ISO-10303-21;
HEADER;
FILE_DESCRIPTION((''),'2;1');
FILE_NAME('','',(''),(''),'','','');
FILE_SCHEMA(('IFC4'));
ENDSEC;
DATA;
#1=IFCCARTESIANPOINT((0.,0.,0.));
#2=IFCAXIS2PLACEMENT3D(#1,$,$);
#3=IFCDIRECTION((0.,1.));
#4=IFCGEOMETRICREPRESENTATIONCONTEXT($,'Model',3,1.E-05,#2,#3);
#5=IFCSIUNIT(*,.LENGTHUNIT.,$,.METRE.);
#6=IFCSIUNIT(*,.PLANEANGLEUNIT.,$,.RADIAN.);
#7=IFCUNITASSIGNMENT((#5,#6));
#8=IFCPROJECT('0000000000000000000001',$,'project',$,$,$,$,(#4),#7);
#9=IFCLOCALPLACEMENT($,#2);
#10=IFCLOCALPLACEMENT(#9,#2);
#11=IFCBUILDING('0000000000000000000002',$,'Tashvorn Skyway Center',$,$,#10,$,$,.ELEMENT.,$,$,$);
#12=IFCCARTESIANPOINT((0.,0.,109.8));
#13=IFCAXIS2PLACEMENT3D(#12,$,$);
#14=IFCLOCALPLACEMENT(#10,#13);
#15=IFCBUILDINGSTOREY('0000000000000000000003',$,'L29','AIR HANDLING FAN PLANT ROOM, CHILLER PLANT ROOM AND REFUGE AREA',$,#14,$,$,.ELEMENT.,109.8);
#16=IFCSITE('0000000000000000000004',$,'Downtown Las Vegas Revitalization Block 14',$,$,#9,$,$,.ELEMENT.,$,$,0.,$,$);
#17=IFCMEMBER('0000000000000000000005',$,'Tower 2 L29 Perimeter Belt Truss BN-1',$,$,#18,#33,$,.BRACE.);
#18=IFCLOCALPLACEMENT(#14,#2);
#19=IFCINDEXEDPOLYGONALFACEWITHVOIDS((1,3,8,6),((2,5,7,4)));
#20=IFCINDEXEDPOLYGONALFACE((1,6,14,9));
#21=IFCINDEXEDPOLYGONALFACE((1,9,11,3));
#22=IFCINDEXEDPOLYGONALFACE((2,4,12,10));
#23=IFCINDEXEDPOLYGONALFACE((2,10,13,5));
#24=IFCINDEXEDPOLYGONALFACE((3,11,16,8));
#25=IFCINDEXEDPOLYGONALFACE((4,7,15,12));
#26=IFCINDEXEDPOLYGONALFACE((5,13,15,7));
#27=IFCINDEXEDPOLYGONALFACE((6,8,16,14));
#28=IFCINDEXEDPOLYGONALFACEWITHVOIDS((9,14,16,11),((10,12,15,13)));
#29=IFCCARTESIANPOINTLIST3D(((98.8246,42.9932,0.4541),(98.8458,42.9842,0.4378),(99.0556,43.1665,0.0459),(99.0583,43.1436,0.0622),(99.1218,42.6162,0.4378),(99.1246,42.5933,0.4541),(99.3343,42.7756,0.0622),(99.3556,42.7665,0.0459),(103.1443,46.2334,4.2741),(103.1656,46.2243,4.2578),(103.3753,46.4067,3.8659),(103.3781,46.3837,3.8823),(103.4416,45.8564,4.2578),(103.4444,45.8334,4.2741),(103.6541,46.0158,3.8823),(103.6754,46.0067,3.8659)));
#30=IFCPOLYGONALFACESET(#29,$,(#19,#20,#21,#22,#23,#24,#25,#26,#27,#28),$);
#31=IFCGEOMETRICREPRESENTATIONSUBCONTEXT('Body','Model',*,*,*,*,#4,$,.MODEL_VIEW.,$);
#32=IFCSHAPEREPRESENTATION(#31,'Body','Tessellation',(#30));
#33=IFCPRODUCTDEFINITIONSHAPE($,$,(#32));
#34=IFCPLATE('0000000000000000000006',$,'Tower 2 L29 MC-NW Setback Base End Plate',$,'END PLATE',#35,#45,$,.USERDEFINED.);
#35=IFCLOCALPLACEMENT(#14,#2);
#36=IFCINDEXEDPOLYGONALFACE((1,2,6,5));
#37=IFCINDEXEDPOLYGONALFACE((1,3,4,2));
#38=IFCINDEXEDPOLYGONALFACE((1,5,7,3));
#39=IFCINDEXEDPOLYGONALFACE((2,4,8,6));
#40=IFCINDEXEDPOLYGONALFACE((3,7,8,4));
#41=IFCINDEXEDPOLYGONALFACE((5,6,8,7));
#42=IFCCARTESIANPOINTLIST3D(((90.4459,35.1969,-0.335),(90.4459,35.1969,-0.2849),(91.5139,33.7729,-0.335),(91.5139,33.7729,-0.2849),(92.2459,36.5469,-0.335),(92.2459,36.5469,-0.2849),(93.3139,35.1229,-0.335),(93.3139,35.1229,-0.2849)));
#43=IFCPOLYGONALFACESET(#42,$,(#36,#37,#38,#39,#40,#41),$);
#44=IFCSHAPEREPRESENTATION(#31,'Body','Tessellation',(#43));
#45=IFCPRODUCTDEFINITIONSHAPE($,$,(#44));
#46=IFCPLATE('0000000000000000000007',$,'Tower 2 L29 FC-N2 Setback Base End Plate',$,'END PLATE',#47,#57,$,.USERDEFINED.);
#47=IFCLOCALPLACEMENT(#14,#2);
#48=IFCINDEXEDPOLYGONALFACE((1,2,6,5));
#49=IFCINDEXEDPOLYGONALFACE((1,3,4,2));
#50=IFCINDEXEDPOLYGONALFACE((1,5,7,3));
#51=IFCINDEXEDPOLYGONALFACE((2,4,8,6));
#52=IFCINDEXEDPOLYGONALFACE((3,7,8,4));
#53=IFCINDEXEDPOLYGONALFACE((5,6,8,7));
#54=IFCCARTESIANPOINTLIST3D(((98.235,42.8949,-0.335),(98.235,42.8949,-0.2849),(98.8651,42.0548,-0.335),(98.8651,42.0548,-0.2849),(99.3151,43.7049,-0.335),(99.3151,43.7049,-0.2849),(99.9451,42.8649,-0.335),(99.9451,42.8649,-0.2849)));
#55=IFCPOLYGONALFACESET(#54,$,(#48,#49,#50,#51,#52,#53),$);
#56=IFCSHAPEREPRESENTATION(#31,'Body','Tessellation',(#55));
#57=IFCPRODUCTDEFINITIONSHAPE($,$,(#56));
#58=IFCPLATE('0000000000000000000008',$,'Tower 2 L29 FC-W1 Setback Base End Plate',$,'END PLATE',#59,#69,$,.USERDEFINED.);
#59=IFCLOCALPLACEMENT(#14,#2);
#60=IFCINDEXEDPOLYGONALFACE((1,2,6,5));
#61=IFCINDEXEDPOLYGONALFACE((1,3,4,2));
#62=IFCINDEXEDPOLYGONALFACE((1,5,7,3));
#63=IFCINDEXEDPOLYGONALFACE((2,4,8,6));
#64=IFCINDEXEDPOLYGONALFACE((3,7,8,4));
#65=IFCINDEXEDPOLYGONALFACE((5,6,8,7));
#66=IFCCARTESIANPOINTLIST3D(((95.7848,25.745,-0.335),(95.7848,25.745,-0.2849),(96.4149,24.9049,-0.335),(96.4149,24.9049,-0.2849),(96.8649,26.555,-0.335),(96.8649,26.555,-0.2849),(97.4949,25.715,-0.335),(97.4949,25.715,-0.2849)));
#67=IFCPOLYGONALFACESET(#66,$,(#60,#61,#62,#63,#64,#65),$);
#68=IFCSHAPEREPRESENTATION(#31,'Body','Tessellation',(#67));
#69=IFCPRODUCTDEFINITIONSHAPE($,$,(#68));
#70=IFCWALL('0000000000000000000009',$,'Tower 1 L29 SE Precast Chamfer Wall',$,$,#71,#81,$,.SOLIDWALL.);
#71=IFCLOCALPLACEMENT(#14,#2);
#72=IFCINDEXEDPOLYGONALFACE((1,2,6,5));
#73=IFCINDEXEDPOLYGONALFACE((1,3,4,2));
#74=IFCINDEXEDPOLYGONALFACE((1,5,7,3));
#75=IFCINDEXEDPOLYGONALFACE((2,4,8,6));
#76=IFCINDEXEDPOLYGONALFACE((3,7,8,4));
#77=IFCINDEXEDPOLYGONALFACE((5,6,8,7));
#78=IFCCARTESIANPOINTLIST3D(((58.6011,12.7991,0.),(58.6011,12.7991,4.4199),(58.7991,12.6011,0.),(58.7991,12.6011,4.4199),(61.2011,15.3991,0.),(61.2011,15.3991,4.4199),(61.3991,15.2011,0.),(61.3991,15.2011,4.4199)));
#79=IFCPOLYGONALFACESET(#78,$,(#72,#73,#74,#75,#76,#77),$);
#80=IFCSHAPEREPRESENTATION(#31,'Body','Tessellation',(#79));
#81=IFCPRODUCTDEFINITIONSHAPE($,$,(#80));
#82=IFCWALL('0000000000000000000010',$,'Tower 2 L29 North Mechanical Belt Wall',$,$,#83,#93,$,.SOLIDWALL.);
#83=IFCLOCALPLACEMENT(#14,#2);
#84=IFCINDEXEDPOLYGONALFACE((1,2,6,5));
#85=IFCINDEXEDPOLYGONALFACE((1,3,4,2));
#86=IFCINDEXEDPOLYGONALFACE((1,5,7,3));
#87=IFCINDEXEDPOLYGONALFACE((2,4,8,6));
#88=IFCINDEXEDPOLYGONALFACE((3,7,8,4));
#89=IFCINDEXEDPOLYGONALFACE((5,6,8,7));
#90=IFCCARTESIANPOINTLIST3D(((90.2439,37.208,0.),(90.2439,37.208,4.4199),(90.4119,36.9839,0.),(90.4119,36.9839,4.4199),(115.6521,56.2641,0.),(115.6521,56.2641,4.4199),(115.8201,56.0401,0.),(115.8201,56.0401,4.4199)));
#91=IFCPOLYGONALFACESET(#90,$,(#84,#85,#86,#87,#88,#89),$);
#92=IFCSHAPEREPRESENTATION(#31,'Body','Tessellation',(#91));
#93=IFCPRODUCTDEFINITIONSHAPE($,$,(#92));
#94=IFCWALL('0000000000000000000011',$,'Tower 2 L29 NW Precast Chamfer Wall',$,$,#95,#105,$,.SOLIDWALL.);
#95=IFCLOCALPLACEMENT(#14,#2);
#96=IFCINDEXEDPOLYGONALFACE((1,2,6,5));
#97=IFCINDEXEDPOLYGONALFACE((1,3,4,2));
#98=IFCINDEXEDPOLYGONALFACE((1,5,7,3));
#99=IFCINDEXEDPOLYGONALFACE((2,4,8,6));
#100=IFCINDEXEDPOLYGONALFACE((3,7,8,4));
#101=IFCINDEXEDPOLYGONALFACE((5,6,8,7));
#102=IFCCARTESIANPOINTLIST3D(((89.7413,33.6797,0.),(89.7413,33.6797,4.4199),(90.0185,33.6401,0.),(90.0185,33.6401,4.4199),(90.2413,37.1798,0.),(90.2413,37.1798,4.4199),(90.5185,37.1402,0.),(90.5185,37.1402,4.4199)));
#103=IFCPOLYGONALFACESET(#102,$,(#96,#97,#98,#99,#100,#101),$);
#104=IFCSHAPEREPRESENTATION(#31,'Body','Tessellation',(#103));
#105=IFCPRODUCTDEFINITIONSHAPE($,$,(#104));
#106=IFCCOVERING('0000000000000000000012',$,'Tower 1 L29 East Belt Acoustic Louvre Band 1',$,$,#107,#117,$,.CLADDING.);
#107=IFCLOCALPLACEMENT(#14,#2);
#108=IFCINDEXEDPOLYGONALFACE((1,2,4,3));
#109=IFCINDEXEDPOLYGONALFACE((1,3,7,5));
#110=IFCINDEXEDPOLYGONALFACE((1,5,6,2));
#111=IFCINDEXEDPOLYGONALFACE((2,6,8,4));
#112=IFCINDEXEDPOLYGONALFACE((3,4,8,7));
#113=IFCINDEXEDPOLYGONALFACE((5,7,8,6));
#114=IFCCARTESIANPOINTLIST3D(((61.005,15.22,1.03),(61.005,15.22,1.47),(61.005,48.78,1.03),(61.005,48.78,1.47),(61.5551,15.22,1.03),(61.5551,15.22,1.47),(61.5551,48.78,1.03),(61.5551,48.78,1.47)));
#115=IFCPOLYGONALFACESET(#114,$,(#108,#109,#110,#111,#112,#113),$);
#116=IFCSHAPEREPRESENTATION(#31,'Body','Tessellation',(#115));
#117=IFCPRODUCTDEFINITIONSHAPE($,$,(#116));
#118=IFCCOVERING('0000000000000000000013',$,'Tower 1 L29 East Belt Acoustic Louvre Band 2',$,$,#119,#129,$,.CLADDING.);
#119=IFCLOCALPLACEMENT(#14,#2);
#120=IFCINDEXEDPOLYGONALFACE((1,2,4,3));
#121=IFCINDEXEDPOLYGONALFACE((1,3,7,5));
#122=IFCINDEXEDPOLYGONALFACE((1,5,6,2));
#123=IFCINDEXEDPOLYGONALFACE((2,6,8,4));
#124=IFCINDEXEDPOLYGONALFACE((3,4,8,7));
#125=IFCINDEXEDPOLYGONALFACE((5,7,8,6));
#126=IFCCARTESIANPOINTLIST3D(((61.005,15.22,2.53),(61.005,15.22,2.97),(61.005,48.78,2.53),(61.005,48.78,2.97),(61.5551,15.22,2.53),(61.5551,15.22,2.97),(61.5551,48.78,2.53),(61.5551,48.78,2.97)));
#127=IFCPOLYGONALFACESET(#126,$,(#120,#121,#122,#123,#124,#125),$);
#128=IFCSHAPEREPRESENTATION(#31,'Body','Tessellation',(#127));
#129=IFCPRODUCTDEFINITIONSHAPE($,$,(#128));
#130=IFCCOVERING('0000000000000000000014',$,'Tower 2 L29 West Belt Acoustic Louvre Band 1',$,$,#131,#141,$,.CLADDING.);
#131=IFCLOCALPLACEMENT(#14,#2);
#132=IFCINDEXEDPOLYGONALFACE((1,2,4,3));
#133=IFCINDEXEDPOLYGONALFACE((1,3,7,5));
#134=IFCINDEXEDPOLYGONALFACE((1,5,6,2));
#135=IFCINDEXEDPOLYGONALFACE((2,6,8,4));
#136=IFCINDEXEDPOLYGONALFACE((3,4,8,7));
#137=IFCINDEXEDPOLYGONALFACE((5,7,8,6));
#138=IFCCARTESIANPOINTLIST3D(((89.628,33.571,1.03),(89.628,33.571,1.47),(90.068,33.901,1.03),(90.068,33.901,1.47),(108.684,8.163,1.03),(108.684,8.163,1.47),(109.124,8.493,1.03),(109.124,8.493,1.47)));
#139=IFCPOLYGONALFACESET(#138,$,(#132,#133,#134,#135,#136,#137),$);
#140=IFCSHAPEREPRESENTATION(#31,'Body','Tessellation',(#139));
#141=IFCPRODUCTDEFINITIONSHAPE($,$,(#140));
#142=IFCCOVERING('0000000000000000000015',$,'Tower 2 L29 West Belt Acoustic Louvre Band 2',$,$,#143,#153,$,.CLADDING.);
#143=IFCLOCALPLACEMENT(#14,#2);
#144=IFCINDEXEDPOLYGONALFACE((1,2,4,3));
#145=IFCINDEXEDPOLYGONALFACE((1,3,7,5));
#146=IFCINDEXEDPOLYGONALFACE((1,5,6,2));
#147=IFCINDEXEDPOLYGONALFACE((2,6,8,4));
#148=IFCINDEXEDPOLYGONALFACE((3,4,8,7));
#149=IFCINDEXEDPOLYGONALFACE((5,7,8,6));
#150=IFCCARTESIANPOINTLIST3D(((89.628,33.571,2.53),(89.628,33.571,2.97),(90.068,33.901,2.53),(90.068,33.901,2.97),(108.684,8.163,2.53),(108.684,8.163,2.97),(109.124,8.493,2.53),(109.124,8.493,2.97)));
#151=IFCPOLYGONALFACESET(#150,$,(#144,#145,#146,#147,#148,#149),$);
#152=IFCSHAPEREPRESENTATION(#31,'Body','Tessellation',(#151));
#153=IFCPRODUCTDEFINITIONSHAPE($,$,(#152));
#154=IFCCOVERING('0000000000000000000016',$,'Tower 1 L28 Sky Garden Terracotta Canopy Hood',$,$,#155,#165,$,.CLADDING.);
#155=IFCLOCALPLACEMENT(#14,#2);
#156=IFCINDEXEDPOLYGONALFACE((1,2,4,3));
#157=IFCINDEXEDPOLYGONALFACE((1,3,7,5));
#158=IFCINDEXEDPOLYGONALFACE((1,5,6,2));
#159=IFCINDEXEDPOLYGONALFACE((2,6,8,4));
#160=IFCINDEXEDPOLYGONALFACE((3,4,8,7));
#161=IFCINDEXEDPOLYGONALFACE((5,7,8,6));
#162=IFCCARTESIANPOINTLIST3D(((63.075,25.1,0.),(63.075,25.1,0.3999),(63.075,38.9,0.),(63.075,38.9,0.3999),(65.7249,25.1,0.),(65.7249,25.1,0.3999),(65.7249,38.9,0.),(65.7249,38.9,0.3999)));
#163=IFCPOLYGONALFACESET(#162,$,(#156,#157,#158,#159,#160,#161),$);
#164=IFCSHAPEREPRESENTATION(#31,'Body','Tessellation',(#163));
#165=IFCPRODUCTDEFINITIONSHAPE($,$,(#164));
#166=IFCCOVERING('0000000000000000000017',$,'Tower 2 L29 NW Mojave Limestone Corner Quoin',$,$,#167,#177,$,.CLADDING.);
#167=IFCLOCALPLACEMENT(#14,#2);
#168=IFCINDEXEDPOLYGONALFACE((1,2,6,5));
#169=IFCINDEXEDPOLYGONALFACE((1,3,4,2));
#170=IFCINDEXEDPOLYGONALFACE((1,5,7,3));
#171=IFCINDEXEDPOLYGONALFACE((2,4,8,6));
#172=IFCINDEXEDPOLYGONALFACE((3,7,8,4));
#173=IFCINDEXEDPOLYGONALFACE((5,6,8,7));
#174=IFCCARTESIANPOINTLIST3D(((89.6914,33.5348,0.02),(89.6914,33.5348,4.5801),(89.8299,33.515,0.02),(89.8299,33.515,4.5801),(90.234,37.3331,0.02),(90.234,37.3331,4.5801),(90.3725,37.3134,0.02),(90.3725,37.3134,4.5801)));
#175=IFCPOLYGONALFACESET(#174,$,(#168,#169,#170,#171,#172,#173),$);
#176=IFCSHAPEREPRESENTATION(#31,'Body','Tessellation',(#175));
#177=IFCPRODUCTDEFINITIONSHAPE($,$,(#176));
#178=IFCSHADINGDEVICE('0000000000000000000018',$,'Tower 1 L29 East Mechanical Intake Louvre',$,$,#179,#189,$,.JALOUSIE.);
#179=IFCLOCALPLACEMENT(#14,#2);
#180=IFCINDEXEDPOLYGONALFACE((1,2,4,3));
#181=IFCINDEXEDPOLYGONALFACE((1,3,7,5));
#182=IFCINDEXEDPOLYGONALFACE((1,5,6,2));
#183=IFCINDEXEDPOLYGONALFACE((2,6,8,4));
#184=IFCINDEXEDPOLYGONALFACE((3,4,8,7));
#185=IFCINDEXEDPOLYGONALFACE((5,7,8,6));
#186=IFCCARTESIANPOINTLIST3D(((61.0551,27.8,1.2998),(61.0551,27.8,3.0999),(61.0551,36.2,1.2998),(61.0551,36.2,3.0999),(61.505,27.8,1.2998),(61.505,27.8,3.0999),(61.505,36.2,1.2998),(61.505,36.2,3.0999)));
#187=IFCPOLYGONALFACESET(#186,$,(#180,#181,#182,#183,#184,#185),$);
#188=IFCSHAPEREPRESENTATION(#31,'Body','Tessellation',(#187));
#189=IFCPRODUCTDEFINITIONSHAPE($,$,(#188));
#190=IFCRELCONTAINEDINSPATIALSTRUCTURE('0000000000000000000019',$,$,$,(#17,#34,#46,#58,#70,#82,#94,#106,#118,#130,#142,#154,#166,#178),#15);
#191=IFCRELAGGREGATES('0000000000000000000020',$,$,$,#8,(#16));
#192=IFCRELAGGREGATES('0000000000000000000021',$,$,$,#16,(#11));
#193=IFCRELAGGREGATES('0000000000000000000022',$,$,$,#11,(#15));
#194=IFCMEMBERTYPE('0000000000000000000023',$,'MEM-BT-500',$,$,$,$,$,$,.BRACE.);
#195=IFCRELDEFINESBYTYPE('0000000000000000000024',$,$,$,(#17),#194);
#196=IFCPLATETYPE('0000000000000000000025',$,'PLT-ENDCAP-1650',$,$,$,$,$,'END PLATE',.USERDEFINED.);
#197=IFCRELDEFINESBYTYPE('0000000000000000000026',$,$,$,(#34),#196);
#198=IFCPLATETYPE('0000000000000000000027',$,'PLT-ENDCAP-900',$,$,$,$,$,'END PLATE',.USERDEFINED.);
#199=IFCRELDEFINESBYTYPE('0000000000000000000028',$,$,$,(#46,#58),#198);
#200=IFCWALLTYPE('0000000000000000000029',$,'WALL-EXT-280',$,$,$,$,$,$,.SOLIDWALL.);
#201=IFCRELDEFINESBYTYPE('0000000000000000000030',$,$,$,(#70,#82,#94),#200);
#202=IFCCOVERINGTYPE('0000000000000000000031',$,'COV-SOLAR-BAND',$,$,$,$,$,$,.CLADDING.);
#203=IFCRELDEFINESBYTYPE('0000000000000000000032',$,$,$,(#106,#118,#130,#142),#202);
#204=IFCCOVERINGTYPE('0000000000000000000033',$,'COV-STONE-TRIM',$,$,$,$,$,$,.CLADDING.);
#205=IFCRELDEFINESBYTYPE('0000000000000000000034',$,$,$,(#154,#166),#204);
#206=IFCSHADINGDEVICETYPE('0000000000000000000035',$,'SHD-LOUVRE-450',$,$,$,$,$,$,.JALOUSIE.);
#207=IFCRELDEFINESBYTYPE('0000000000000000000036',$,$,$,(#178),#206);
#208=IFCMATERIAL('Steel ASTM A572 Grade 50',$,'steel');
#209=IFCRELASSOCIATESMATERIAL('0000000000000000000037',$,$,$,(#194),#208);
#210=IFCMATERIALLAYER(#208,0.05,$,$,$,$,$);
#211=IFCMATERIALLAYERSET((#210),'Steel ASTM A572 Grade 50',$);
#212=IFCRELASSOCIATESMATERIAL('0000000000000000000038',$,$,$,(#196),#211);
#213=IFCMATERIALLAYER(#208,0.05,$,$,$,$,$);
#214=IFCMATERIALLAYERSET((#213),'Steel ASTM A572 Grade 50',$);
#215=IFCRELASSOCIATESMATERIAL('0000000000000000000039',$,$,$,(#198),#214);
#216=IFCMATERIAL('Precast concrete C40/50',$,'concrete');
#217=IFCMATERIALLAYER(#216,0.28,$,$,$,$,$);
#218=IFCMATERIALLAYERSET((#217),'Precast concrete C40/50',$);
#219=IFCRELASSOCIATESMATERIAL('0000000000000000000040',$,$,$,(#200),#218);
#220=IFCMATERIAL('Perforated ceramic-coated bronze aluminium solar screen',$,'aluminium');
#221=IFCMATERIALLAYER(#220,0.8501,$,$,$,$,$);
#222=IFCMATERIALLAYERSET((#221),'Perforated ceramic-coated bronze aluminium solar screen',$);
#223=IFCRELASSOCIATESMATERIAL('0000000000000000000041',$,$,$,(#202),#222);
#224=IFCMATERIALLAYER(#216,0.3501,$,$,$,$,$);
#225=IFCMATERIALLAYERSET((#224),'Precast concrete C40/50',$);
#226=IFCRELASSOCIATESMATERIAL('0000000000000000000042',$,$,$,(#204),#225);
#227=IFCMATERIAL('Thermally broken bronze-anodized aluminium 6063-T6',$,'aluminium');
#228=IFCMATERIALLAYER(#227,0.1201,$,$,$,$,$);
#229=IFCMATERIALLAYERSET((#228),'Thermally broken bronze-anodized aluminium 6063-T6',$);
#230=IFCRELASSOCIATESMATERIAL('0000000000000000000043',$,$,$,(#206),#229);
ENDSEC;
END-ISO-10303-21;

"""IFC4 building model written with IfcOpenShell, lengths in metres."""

from ifc_helpers import new_model, si_unit, direction, frame, frame_2d, origin, origin_2d, place, context, subcontext, project, spatial, rectangle, hollow_rectangle, extrude, material, layer, layer_set, material_profile, profile_set, type_object, element, save


model = new_model("IFC4")

# Units and contexts
model_context = context("Model", 3, precision=1e-05, world=origin(), true_north=direction((0.0, 1.0)))
body_context = subcontext(model_context, "Body", "Model", "MODEL_VIEW")
ifc_project = project(units=[si_unit("LENGTHUNIT", "METRE"), si_unit("PLANEANGLEUNIT", "RADIAN")], contexts=[model_context])

# Site, building, storey
site_placement = place(None, origin())
site = spatial("IfcSite", under=ifc_project, at=site_placement, Name="Downtown Las Vegas Revitalization Block 14", CompositionType="ELEMENT", RefElevation=0.0)
building_placement = place(site_placement, origin())
building = spatial("IfcBuilding", under=site, at=building_placement, Name="Tashvorn Skyway Center", CompositionType="ELEMENT")
storey_placement = place(building_placement, frame((0.0, 0.0, 109.8)))
storey = spatial("IfcBuildingStorey", under=building, at=storey_placement, Name="L29", Description="AIR HANDLING FAN PLANT ROOM, CHILLER PLANT ROOM AND REFUGE AREA", CompositionType="ELEMENT", Elevation=109.8)

# Shared definitions
ifc_material_1 = material(Name="Steel ASTM A572 Grade 50", Category="steel")

# Member
ifc_material_profile_1 = material_profile(ifc_material_1, hollow_rectangle(XDim=0.5, YDim=0.5, WallThickness=0.02, at=origin_2d()), Name="HSS500x500x20")
ifc_profile_set_1 = profile_set([ifc_material_profile_1], Name="Steel ASTM A572 Grade 50")
member_type = type_object("IfcMemberType", Name="MEM-BT-500", PredefinedType="BRACE", material=ifc_profile_set_1)
member_placement = place(storey_placement, frame((99.0901, 42.8799, 0.25), z_axis=(0.653074, 0.489861, 0.577521), x_axis=(-0.600043, 0.799967, 0.0)))
element("IfcMember", 1, at=member_placement, inside=storey, type_object=member_type, Name="Tower 2 L29 Perimeter Belt Truss BN-1", PredefinedType="BRACE", context=body_context, shape_type="SweptSolid", body=[
    extrude(hollow_rectangle(XDim=0.5, YDim=0.5, WallThickness=0.02, at=origin_2d()), origin(), (0.0, 0.0, 1.0), 6.6145),
])

# Plates
ifc_layer_1 = layer(ifc_material_1, 0.05)
ifc_layer_set_1 = layer_set([ifc_layer_1], Name="Steel ASTM A572 Grade 50")
plate_type_1 = type_object("IfcPlateType", Name="PLT-ENDCAP-1650", ElementType="END PLATE", PredefinedType="USERDEFINED", material=ifc_layer_set_1)
plate_placement = place(storey_placement, frame((91.8799, 35.1599, -0.335), z_axis=(0.0, 0.0, 1.0), x_axis=(0.8, 0.6, 0.0)))
element("IfcPlate", 2, at=plate_placement, inside=storey, type_object=plate_type_1, Name="Tower 2 L29 MC-NW Setback Base End Plate", ObjectType="END PLATE", PredefinedType="USERDEFINED", context=body_context, shape_type="SweptSolid", body=[
    extrude(rectangle(XDim=2.25, YDim=1.78, at=origin_2d()), origin(), (0.0, 0.0, 1.0), 0.05),
])
ifc_layer_2 = layer(ifc_material_1, 0.05)
ifc_layer_set_2 = layer_set([ifc_layer_2], Name="Steel ASTM A572 Grade 50")
plate_type_2 = type_object("IfcPlateType", Name="PLT-ENDCAP-900", ElementType="END PLATE", PredefinedType="USERDEFINED", material=ifc_layer_set_2)
for number, where, z_axis, x_axis, name in (
    (3, (99.0901, 42.8799, -0.335), (0.0, 0.0, 1.0), (0.8, 0.6, 0.0), "Tower 2 L29 FC-N2 Setback Base End Plate"),
    (4, (96.6399, 25.73, -0.335), (0.0, 0.0, 1.0), (0.8, 0.6, 0.0), "Tower 2 L29 FC-W1 Setback Base End Plate"),
):
    element("IfcPlate", number, at=place(storey_placement, frame(where, z_axis=z_axis, x_axis=x_axis)), inside=storey, type_object=plate_type_2, Name=name, ObjectType="END PLATE", PredefinedType="USERDEFINED", context=body_context, shape_type="SweptSolid", body=[
        extrude(rectangle(XDim=1.3501, YDim=1.05, at=origin_2d()), origin(), (0.0, 0.0, 1.0), 0.05),
    ])

# Walls
ifc_material_2 = material(Name="Precast concrete C40/50", Category="concrete")
ifc_layer_3 = layer(ifc_material_2, 0.28)
ifc_layer_set_3 = layer_set([ifc_layer_3], Name="Precast concrete C40/50")
wall_type = type_object("IfcWallType", Name="WALL-EXT-280", PredefinedType="SOLIDWALL", material=ifc_layer_set_3)
wall_1_placement = place(storey_placement, frame((61.3, 15.3, 0.0), z_axis=(0.0, 0.0, 1.0), x_axis=(-0.707107, -0.707107, 0.0)))
element("IfcWall", 5, at=wall_1_placement, inside=storey, type_object=wall_type, Name="Tower 1 L29 SE Precast Chamfer Wall", PredefinedType="SOLIDWALL", context=body_context, shape_type="SweptSolid", body=[
    extrude(rectangle(XDim=3.677, YDim=0.28, at=frame_2d((1.8384, 0.0))), origin(), (0.0, 0.0, 1.0), 4.4199),
])
wall_2_placement = place(storey_placement, frame((90.3279, 37.0959, 0.0), z_axis=(0.0, 0.0, 1.0), x_axis=(0.8, 0.6, 0.0)))
element("IfcWall", 6, at=wall_2_placement, inside=storey, type_object=wall_type, Name="Tower 2 L29 North Mechanical Belt Wall", PredefinedType="SOLIDWALL", context=body_context, shape_type="SweptSolid", body=[
    extrude(rectangle(XDim=31.7603, YDim=0.28, at=frame_2d((15.8801, 0.0))), origin(), (0.0, 0.0, 1.0), 4.4199),
])
wall_3_placement = place(storey_placement, frame((89.8799, 33.6599, 0.0), z_axis=(0.0, 0.0, 1.0), x_axis=(0.141421, 0.989949, 0.0)))
element("IfcWall", 7, at=wall_3_placement, inside=storey, type_object=wall_type, Name="Tower 2 L29 NW Precast Chamfer Wall", PredefinedType="SOLIDWALL", context=body_context, shape_type="SweptSolid", body=[
    extrude(rectangle(XDim=3.5356, YDim=0.28, at=frame_2d((1.7678, 0.0))), origin(), (0.0, 0.0, 1.0), 4.4199),
])

# Coverings
ifc_material_3 = material(Name="Perforated ceramic-coated bronze aluminium solar screen", Category="aluminium")
ifc_layer_4 = layer(ifc_material_3, 0.8501)
ifc_layer_set_4 = layer_set([ifc_layer_4], Name="Perforated ceramic-coated bronze aluminium solar screen")
covering_type_1 = type_object("IfcCoveringType", Name="COV-SOLAR-BAND", PredefinedType="CLADDING", material=ifc_layer_set_4)
for number, where, z_axis, x_axis, name in (
    (8, (61.28, 32.0, 1.03), (0.0, 0.0, 1.0), (0.0, -1.0, 0.0), "Tower 1 L29 East Belt Acoustic Louvre Band 1"),
    (9, (61.28, 32.0, 2.53), (0.0, 0.0, 1.0), (0.0, -1.0, 0.0), "Tower 1 L29 East Belt Acoustic Louvre Band 2"),
):
    element("IfcCovering", number, at=place(storey_placement, frame(where, z_axis=z_axis, x_axis=x_axis)), inside=storey, type_object=covering_type_1, Name=name, PredefinedType="CLADDING", context=body_context, shape_type="SweptSolid", body=[
        extrude(rectangle(XDim=33.5601, YDim=0.55, at=origin_2d()), origin(), (0.0, 0.0, 1.0), 0.4399),
    ])
for number, where, z_axis, x_axis, name in (
    (10, (99.376, 21.032, 1.03), (0.0, 0.0, 1.0), (-0.6, 0.8, 0.0), "Tower 2 L29 West Belt Acoustic Louvre Band 1"),
    (11, (99.376, 21.032, 2.53), (0.0, 0.0, 1.0), (-0.6, 0.8, 0.0), "Tower 2 L29 West Belt Acoustic Louvre Band 2"),
):
    element("IfcCovering", number, at=place(storey_placement, frame(where, z_axis=z_axis, x_axis=x_axis)), inside=storey, type_object=covering_type_1, Name=name, PredefinedType="CLADDING", context=body_context, shape_type="SweptSolid", body=[
        extrude(rectangle(XDim=31.76, YDim=0.55, at=origin_2d()), origin(), (0.0, 0.0, 1.0), 0.4399),
    ])
ifc_layer_5 = layer(ifc_material_2, 0.3501)
ifc_layer_set_5 = layer_set([ifc_layer_5], Name="Precast concrete C40/50")
covering_type_2 = type_object("IfcCoveringType", Name="COV-STONE-TRIM", PredefinedType="CLADDING", material=ifc_layer_set_5)
covering_1_placement = place(storey_placement, frame((64.3999, 32.0, 0.0), z_axis=(0.0, 0.0, 1.0), x_axis=(0.0, -1.0, 0.0)))
element("IfcCovering", 12, at=covering_1_placement, inside=storey, type_object=covering_type_2, Name="Tower 1 L28 Sky Garden Terracotta Canopy Hood", PredefinedType="CLADDING", context=body_context, shape_type="SweptSolid", body=[
    extrude(rectangle(XDim=13.8, YDim=2.6499, at=origin_2d()), origin(), (0.0, 0.0, 1.0), 0.3999),
])
covering_2_placement = place(storey_placement, frame((90.032, 35.4241, 0.02), z_axis=(0.0, 0.0, 1.0), x_axis=(-0.141421, -0.989949, 0.0)))
element("IfcCovering", 13, at=covering_2_placement, inside=storey, type_object=covering_type_2, Name="Tower 2 L29 NW Mojave Limestone Corner Quoin", PredefinedType="CLADDING", context=body_context, shape_type="SweptSolid", body=[
    extrude(rectangle(XDim=3.8369, YDim=0.1399, at=origin_2d()), origin(), (0.0, 0.0, 1.0), 4.5601),
])

# Shading device
ifc_material_4 = material(Name="Thermally broken bronze-anodized aluminium 6063-T6", Category="aluminium")
ifc_layer_6 = layer(ifc_material_4, 0.1201)
ifc_layer_set_6 = layer_set([ifc_layer_6], Name="Thermally broken bronze-anodized aluminium 6063-T6")
shading_device_type = type_object("IfcShadingDeviceType", Name="SHD-LOUVRE-450", PredefinedType="JALOUSIE", material=ifc_layer_set_6)
for number, where, z_axis, x_axis, name in (
    (14, (61.28, 32.0, 1.2998), (0.0, 0.0, 1.0), (0.0, -1.0, 0.0), "Tower 1 L29 East Mechanical Intake Louvre"),
):
    element("IfcShadingDevice", number, at=place(storey_placement, frame(where, z_axis=z_axis, x_axis=x_axis)), inside=storey, type_object=shading_device_type, Name=name, PredefinedType="JALOUSIE", context=body_context, shape_type="SweptSolid", body=[
        extrude(rectangle(XDim=8.3999, YDim=0.45, at=origin_2d()), origin(), (0.0, 0.0, 1.0), 1.8),
    ])

save(model, "model.ifc")
